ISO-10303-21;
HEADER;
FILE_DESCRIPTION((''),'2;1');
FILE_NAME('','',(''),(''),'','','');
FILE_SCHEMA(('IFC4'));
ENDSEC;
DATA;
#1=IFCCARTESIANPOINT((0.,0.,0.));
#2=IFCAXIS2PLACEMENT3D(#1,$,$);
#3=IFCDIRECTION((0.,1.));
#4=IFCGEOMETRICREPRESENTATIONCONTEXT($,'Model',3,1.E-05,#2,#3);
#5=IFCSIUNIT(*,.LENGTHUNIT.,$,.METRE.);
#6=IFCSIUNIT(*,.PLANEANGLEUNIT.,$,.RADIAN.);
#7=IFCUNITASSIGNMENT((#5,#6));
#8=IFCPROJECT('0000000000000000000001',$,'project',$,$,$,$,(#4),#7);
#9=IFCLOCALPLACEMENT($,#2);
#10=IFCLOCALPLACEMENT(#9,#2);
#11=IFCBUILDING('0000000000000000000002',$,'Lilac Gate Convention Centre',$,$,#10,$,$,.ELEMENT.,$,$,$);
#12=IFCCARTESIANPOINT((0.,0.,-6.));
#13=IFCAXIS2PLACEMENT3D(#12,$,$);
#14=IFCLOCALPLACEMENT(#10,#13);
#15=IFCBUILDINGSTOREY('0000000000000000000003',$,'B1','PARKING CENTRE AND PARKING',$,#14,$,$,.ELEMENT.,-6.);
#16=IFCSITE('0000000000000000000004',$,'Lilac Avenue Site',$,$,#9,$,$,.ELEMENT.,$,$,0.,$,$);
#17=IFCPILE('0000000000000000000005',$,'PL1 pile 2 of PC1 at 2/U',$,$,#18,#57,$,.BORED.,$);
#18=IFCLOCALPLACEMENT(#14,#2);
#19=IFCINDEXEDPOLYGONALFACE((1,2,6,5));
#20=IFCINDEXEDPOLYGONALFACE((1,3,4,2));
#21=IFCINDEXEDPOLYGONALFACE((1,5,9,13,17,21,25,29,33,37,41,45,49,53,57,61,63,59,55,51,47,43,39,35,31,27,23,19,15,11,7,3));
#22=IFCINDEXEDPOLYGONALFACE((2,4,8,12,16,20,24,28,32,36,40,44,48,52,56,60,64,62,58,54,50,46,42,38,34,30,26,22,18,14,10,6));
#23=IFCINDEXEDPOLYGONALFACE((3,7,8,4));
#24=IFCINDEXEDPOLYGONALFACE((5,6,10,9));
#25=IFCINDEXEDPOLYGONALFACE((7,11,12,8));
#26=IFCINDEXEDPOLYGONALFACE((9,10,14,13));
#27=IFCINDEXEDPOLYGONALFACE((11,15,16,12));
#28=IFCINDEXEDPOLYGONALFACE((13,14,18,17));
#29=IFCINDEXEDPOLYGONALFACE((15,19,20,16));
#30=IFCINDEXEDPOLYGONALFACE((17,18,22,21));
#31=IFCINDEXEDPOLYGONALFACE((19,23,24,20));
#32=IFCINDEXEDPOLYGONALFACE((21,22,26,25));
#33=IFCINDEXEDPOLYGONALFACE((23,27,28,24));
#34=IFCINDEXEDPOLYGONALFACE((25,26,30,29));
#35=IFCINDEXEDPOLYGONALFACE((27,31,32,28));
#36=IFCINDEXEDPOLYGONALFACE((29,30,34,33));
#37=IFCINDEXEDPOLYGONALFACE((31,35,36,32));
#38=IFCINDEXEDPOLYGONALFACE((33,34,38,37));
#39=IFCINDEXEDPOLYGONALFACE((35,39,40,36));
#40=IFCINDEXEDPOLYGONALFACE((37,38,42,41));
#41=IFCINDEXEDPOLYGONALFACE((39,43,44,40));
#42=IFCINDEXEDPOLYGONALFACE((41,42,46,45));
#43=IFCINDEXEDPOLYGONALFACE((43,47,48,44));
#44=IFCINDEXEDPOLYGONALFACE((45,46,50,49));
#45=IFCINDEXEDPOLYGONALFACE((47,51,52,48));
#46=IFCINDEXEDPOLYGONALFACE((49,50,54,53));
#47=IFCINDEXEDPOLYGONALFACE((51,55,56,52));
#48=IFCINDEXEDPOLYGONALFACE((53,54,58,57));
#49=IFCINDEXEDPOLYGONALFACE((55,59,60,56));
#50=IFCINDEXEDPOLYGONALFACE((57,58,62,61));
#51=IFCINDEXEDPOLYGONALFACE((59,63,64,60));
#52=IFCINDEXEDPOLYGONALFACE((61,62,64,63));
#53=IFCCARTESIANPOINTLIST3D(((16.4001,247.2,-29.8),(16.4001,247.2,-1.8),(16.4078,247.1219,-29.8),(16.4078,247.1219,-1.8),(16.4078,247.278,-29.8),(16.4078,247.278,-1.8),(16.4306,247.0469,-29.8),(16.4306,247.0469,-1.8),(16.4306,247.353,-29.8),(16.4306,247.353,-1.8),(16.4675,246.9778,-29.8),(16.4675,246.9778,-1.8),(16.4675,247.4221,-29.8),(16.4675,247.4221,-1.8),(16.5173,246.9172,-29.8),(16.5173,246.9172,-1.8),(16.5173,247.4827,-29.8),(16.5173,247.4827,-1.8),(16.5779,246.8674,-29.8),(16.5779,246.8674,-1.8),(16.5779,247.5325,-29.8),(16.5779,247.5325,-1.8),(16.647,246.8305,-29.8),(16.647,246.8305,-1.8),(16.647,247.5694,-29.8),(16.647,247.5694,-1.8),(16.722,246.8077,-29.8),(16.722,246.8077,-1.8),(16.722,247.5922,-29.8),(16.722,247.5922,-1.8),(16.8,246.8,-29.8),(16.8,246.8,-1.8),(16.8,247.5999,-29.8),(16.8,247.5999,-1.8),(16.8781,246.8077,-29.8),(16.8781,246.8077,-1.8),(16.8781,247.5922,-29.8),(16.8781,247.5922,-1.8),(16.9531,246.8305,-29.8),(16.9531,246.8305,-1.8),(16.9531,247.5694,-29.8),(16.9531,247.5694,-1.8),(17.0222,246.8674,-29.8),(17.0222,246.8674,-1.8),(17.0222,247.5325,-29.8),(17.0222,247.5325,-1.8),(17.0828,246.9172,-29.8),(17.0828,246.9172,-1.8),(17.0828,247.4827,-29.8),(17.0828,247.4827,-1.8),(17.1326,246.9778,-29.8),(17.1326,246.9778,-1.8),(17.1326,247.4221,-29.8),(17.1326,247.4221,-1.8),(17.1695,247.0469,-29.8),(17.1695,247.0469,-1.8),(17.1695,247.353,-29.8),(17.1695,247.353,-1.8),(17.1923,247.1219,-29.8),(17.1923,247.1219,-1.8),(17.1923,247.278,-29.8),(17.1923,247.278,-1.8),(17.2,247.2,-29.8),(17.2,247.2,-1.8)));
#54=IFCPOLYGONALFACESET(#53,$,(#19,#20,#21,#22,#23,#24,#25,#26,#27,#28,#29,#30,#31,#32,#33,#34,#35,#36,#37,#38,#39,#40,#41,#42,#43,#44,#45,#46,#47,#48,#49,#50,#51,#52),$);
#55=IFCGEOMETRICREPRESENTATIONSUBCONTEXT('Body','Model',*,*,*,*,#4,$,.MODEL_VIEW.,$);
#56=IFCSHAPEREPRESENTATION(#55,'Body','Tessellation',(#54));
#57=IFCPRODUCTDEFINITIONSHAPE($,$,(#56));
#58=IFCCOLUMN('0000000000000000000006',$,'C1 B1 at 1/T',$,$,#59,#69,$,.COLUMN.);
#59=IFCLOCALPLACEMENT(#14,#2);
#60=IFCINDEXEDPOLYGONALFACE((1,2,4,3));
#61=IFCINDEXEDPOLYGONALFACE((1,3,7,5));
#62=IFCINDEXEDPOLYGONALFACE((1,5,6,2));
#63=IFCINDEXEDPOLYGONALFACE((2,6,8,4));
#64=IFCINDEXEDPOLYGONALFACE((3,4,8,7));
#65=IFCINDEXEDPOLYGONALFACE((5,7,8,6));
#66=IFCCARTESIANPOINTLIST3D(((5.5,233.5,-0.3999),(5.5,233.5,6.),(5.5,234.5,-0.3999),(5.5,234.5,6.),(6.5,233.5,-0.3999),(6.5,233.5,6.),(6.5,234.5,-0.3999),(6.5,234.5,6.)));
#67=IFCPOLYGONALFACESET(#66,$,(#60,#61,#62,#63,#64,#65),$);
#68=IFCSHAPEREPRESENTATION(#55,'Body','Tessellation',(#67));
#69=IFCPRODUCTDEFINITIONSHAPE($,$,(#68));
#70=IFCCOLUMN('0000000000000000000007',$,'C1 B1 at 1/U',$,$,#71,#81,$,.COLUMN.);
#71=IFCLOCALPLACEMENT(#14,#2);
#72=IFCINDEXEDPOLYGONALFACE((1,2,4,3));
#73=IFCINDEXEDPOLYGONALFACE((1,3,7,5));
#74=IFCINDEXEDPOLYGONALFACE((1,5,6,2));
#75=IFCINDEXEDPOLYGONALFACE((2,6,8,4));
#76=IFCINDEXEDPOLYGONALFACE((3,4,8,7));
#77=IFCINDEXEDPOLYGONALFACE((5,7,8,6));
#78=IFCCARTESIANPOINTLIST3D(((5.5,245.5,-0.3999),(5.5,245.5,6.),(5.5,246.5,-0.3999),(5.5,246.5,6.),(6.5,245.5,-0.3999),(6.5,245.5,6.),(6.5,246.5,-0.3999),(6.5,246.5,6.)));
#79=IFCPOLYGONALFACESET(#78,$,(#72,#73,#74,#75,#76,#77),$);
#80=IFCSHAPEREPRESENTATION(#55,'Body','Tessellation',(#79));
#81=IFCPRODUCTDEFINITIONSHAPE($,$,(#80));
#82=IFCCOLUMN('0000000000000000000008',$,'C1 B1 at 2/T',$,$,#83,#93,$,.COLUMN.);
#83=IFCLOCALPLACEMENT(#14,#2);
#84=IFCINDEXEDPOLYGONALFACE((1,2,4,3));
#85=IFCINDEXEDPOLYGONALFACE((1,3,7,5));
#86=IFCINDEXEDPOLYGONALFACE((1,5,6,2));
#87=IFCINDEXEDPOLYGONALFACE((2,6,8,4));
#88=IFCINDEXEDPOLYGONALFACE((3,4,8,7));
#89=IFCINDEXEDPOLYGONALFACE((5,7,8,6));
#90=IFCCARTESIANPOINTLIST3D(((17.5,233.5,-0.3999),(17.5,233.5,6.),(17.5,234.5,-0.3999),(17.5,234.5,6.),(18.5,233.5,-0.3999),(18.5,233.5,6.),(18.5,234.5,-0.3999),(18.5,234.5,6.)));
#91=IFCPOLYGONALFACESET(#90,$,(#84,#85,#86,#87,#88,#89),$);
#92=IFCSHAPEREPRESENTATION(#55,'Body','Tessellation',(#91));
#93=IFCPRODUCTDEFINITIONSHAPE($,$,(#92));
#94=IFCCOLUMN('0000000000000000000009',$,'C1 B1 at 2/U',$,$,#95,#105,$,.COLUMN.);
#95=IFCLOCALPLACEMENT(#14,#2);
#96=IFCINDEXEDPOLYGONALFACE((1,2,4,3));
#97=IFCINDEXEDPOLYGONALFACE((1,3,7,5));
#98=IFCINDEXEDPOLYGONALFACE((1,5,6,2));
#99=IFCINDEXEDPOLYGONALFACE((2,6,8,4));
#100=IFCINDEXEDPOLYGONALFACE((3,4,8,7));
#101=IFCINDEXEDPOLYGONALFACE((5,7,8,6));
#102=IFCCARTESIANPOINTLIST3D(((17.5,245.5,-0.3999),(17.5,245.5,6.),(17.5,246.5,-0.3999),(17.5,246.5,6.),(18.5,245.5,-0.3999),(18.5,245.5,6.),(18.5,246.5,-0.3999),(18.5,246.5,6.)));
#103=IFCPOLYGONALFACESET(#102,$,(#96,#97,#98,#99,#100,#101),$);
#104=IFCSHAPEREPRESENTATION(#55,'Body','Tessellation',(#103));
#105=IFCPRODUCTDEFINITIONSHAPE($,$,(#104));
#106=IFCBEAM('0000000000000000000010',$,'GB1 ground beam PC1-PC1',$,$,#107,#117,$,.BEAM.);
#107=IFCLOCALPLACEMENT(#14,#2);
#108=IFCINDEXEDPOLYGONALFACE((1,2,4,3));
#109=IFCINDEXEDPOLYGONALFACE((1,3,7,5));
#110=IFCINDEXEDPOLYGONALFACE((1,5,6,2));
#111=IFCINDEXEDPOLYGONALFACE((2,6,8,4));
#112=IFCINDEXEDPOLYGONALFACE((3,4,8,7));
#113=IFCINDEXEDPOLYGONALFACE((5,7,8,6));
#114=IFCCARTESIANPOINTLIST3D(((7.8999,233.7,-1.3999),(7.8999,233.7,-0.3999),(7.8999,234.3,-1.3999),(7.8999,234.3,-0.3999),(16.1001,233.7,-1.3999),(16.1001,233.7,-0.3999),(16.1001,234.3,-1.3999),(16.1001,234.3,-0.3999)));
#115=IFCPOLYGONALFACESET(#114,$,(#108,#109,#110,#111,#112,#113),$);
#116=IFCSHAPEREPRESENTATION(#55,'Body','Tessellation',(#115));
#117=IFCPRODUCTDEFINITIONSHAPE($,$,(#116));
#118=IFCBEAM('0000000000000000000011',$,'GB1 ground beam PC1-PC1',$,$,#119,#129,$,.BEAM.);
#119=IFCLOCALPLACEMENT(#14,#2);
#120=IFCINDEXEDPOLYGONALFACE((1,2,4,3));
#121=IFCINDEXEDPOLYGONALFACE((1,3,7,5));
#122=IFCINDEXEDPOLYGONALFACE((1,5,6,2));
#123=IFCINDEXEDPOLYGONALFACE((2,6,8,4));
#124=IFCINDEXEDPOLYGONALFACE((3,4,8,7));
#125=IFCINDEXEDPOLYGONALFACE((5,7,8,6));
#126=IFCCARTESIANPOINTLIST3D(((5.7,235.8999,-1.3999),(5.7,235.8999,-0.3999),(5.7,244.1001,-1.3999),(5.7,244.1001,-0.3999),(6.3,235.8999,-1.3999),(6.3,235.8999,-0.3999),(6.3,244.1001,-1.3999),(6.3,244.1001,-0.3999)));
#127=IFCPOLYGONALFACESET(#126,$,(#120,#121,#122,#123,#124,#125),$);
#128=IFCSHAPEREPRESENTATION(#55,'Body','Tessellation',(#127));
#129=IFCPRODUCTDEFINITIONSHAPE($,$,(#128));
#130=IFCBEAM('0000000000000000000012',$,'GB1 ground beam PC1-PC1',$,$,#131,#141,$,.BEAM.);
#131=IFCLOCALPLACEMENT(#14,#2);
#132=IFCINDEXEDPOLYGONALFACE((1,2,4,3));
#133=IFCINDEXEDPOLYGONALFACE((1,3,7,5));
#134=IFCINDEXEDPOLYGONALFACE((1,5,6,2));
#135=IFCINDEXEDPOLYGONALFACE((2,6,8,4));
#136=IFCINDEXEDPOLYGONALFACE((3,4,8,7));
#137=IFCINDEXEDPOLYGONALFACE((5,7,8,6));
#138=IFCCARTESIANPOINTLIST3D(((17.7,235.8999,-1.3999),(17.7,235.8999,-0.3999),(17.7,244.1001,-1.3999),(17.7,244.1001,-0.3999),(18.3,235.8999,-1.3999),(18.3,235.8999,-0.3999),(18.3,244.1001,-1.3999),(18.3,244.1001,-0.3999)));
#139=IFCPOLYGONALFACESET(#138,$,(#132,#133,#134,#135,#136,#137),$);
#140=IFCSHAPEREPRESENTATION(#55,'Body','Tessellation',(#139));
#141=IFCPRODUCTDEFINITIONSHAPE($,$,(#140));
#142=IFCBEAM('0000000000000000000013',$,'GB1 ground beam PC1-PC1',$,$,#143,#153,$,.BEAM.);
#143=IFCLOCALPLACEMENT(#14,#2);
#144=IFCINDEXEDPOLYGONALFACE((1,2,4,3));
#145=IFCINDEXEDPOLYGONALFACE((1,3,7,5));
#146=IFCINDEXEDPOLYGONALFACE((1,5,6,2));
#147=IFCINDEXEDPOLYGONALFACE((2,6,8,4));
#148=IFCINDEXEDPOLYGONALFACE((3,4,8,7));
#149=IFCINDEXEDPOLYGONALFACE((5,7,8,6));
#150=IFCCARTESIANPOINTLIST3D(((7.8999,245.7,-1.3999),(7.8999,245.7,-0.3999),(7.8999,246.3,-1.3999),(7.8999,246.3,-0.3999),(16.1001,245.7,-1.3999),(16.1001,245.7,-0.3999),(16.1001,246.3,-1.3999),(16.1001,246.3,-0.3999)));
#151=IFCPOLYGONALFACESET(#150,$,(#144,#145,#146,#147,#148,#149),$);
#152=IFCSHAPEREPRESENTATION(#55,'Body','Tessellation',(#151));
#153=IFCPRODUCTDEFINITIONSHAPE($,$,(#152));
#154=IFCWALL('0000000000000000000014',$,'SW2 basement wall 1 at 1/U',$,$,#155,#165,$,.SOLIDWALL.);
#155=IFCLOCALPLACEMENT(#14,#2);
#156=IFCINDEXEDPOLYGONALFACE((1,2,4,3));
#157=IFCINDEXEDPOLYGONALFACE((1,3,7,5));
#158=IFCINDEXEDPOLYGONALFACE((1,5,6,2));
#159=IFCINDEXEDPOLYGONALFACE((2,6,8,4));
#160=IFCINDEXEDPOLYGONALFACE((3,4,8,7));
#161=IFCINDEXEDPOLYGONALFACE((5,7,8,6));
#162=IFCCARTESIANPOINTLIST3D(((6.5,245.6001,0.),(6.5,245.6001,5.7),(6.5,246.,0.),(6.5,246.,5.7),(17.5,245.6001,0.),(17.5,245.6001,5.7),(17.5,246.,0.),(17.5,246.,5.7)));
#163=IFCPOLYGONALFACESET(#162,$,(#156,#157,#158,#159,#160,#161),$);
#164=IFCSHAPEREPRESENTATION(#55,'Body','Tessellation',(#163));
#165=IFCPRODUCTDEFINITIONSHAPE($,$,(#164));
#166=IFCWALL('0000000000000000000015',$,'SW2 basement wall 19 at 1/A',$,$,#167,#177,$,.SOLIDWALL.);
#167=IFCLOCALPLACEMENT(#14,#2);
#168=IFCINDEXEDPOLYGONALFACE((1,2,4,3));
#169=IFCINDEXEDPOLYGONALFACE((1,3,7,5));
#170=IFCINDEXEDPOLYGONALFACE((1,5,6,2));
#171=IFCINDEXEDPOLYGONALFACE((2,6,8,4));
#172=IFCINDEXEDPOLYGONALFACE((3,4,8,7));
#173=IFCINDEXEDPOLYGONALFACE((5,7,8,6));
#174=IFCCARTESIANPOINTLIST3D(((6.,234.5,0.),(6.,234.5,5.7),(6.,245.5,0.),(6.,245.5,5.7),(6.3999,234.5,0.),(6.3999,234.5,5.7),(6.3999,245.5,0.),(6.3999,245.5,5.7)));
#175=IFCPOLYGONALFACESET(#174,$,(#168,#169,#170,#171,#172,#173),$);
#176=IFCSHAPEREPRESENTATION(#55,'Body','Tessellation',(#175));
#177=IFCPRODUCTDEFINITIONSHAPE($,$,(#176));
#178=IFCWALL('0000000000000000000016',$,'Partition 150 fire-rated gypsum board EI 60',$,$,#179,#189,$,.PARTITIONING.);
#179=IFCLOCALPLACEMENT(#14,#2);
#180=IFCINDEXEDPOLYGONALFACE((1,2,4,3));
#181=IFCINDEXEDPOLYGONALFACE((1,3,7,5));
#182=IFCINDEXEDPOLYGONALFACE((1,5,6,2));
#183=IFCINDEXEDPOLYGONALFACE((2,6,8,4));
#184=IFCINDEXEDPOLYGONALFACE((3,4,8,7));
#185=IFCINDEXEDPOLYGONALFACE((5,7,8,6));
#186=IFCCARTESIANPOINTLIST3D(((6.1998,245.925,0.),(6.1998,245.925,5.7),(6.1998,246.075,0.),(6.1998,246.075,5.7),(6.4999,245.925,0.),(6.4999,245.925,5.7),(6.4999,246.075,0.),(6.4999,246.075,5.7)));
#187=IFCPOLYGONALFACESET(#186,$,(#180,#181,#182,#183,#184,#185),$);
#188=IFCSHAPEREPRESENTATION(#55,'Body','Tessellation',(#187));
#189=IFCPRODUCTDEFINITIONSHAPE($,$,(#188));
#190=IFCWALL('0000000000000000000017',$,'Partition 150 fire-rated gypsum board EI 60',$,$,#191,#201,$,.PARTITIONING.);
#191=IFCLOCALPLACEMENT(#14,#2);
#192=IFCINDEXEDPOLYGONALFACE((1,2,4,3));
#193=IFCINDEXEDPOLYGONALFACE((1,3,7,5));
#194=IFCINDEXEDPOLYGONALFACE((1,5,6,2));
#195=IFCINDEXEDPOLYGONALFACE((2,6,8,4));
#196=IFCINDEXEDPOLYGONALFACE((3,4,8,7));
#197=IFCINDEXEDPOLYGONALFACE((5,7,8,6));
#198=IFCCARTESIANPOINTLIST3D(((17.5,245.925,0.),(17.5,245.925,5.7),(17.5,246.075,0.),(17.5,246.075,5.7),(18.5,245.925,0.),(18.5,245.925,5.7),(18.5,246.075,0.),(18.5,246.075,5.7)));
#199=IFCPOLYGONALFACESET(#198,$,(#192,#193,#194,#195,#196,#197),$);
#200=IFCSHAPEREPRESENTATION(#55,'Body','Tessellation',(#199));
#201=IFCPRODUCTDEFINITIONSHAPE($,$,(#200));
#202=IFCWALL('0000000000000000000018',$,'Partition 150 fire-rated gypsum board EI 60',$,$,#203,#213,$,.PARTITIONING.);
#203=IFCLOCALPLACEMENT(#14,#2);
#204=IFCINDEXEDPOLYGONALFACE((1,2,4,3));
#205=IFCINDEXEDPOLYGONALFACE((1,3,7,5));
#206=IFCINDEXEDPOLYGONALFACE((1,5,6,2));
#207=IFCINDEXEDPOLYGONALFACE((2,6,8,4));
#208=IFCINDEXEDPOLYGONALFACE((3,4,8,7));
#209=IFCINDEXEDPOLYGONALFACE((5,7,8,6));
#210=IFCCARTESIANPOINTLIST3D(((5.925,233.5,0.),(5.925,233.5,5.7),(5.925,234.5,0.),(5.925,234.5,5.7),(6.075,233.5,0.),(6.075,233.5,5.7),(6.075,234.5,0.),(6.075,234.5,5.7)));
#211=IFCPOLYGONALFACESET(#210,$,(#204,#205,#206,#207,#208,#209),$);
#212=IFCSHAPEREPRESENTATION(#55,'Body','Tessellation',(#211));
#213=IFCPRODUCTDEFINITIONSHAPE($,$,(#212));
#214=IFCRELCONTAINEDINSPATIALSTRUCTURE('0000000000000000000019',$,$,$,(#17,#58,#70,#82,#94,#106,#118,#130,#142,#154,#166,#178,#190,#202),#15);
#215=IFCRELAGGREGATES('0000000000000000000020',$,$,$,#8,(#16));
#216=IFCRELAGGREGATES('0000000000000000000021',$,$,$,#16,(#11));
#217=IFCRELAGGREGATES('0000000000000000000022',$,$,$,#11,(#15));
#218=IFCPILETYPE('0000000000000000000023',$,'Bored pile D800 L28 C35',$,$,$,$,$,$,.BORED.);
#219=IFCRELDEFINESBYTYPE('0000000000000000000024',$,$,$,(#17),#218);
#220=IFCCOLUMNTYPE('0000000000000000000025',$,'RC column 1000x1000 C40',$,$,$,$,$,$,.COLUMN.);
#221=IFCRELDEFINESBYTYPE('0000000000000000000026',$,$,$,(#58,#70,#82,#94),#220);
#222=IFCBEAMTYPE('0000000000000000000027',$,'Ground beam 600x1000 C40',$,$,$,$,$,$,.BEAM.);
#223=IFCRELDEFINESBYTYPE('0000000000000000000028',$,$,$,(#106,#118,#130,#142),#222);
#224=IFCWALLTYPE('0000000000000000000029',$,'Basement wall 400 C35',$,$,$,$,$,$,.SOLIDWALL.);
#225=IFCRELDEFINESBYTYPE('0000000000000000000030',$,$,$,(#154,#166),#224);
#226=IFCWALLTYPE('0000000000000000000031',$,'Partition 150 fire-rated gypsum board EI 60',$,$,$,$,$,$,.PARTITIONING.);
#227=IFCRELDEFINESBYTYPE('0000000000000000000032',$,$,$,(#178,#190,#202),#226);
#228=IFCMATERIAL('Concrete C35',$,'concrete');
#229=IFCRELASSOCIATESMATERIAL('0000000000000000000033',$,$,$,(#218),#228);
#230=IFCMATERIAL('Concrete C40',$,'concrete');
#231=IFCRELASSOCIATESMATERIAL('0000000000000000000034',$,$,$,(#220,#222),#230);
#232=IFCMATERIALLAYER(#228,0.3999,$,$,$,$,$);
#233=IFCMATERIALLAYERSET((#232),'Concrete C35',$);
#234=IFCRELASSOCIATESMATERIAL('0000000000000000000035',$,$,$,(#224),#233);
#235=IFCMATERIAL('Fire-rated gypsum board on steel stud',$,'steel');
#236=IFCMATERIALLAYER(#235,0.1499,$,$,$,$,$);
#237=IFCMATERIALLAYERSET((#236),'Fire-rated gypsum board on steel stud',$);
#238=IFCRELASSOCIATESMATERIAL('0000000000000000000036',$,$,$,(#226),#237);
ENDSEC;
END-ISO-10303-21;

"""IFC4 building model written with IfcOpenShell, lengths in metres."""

from ifc_helpers import new_model, si_unit, direction, frame, frame_2d, origin, origin_2d, place, context, subcontext, project, spatial, rectangle, circle, extrude, material, layer, layer_set, material_profile, profile_set, type_object, element, save


model = new_model("IFC4")

# Units and contexts
model_context = context("Model", 3, precision=1e-05, world=origin(), true_north=direction((0.0, 1.0)))
body_context = subcontext(model_context, "Body", "Model", "MODEL_VIEW")
ifc_project = project(units=[si_unit("LENGTHUNIT", "METRE"), si_unit("PLANEANGLEUNIT", "RADIAN")], contexts=[model_context])

# Site, building, storey
site_placement = place(None, origin())
site = spatial("IfcSite", under=ifc_project, at=site_placement, Name="Lilac Avenue Site", CompositionType="ELEMENT", RefElevation=0.0)
building_placement = place(site_placement, origin())
building = spatial("IfcBuilding", under=site, at=building_placement, Name="Lilac Gate Convention Centre", CompositionType="ELEMENT")
storey_placement = place(building_placement, frame((0.0, 0.0, -6.0)))
storey = spatial("IfcBuildingStorey", under=building, at=storey_placement, Name="B1", Description="PARKING CENTRE AND PARKING", CompositionType="ELEMENT", Elevation=-6.0)

# Pile
ifc_material_1 = material(Name="Concrete C35", Category="concrete")
ifc_material_profile_1 = material_profile(ifc_material_1, circle(Radius=0.3999, at=origin_2d()), Name="D800")
ifc_profile_set_1 = profile_set([ifc_material_profile_1], Name="Concrete C35")
pile_type = type_object("IfcPileType", Name="Bored pile D800 L28 C35", PredefinedType="BORED", material=ifc_profile_set_1)
for number, where, z_axis, x_axis, name in (
    (1, (16.8, 247.2, -1.8), (0.0, 0.0, -1.0), (1.0, 0.0, 0.0), "PL1 pile 2 of PC1 at 2/U"),
):
    element("IfcPile", number, at=place(storey_placement, frame(where, z_axis=z_axis, x_axis=x_axis)), inside=storey, type_object=pile_type, Name=name, PredefinedType="BORED", context=body_context, shape_type="SweptSolid", body=[
        extrude(circle(Radius=0.3999, at=origin_2d()), origin(), (0.0, 0.0, 1.0), 28.0),
    ])

# Columns
ifc_material_2 = material(Name="Concrete C40", Category="concrete")
ifc_material_profile_2 = material_profile(ifc_material_2, rectangle(XDim=1.0, YDim=1.0, at=origin_2d()), Name="RC 1000x1000")
ifc_profile_set_2 = profile_set([ifc_material_profile_2], Name="Concrete C40")
column_type = type_object("IfcColumnType", Name="RC column 1000x1000 C40", PredefinedType="COLUMN", material=ifc_profile_set_2)
for number, where, z_axis, x_axis, name in (
    (2, (6.0, 234.0, -0.3999), (0.0, 0.0, 1.0), (1.0, 0.0, 0.0), "C1 B1 at 1/T"),
    (3, (6.0, 246.0, -0.3999), (0.0, 0.0, 1.0), (1.0, 0.0, 0.0), "C1 B1 at 1/U"),
    (4, (18.0, 234.0, -0.3999), (0.0, 0.0, 1.0), (1.0, 0.0, 0.0), "C1 B1 at 2/T"),
    (5, (18.0, 246.0, -0.3999), (0.0, 0.0, 1.0), (1.0, 0.0, 0.0), "C1 B1 at 2/U"),
):
    element("IfcColumn", number, at=place(storey_placement, frame(where, z_axis=z_axis, x_axis=x_axis)), inside=storey, type_object=column_type, Name=name, PredefinedType="COLUMN", context=body_context, shape_type="SweptSolid", body=[
        extrude(rectangle(XDim=1.0, YDim=1.0, at=origin_2d()), origin(), (0.0, 0.0, 1.0), 6.3999),
    ])

# Beams
ifc_material_profile_3 = material_profile(ifc_material_2, rectangle(XDim=0.6001, YDim=1.0, at=origin_2d()), Name="RC 600x1000")
ifc_profile_set_3 = profile_set([ifc_material_profile_3], Name="Concrete C40")
beam_type = type_object("IfcBeamType", Name="Ground beam 600x1000 C40", PredefinedType="BEAM", material=ifc_profile_set_3)
for number, where, z_axis, x_axis, name in (
    (6, (7.8999, 234.0, -0.8999), (1.0, 0.0, 0.0), (0.0, 1.0, 0.0), "GB1 ground beam PC1-PC1"),
    (7, (6.0, 235.8999, -0.8999), (0.0, 1.0, 0.0), (-1.0, 0.0, 0.0), "GB1 ground beam PC1-PC1"),
    (8, (18.0, 235.8999, -0.8999), (0.0, 1.0, 0.0), (-1.0, 0.0, 0.0), "GB1 ground beam PC1-PC1"),
    (9, (7.8999, 246.0, -0.8999), (1.0, 0.0, 0.0), (0.0, 1.0, 0.0), "GB1 ground beam PC1-PC1"),
):
    element("IfcBeam", number, at=place(storey_placement, frame(where, z_axis=z_axis, x_axis=x_axis)), inside=storey, type_object=beam_type, Name=name, PredefinedType="BEAM", context=body_context, shape_type="SweptSolid", body=[
        extrude(rectangle(XDim=0.6001, YDim=1.0, at=origin_2d()), origin(), (0.0, 0.0, 1.0), 8.2002),
    ])

# Walls
ifc_layer_1 = layer(ifc_material_1, 0.3999)
ifc_layer_set_1 = layer_set([ifc_layer_1], Name="Concrete C35")
wall_type_1 = type_object("IfcWallType", Name="Basement wall 400 C35", PredefinedType="SOLIDWALL", material=ifc_layer_set_1)
for number, where, z_axis, x_axis, name in (
    (10, (6.5, 245.8, 0.0), (0.0, 0.0, 1.0), (1.0, 0.0, 0.0), "SW2 basement wall 1 at 1/U"),
    (11, (6.2, 234.5, 0.0), (0.0, 0.0, 1.0), (0.0, 1.0, 0.0), "SW2 basement wall 19 at 1/A"),
):
    element("IfcWall", number, at=place(storey_placement, frame(where, z_axis=z_axis, x_axis=x_axis)), inside=storey, type_object=wall_type_1, Name=name, PredefinedType="SOLIDWALL", context=body_context, shape_type="SweptSolid", body=[
        extrude(rectangle(XDim=11.0, YDim=0.3999, at=frame_2d((5.5, 0.0))), origin(), (0.0, 0.0, 1.0), 5.7),
    ])
ifc_material_3 = material(Name="Fire-rated gypsum board on steel stud", Category="steel")
ifc_layer_2 = layer(ifc_material_3, 0.1499)
ifc_layer_set_2 = layer_set([ifc_layer_2], Name="Fire-rated gypsum board on steel stud")
wall_type_2 = type_object("IfcWallType", Name="Partition 150 fire-rated gypsum board EI 60", PredefinedType="PARTITIONING", material=ifc_layer_set_2)
wall_1_placement = place(storey_placement, frame((6.2, 246.0, 0.0), z_axis=(0.0, 0.0, 1.0), x_axis=(1.0, 0.0, 0.0)))
element("IfcWall", 12, at=wall_1_placement, inside=storey, type_object=wall_type_2, Name="Partition 150 fire-rated gypsum board EI 60", PredefinedType="PARTITIONING", context=body_context, shape_type="SweptSolid", body=[
    extrude(rectangle(XDim=0.3, YDim=0.1499, at=frame_2d((0.1499, 0.0))), origin(), (0.0, 0.0, 1.0), 5.7),
])
for number, where, z_axis, x_axis, name in (
    (13, (17.5, 246.0, 0.0), (0.0, 0.0, 1.0), (1.0, 0.0, 0.0), "Partition 150 fire-rated gypsum board EI 60"),
    (14, (6.0, 233.5, 0.0), (0.0, 0.0, 1.0), (0.0, 1.0, 0.0), "Partition 150 fire-rated gypsum board EI 60"),
):
    element("IfcWall", number, at=place(storey_placement, frame(where, z_axis=z_axis, x_axis=x_axis)), inside=storey, type_object=wall_type_2, Name=name, PredefinedType="PARTITIONING", context=body_context, shape_type="SweptSolid", body=[
        extrude(rectangle(XDim=1.0, YDim=0.1499, at=frame_2d((0.5, 0.0))), origin(), (0.0, 0.0, 1.0), 5.7),
    ])

save(model, "model.ifc")
